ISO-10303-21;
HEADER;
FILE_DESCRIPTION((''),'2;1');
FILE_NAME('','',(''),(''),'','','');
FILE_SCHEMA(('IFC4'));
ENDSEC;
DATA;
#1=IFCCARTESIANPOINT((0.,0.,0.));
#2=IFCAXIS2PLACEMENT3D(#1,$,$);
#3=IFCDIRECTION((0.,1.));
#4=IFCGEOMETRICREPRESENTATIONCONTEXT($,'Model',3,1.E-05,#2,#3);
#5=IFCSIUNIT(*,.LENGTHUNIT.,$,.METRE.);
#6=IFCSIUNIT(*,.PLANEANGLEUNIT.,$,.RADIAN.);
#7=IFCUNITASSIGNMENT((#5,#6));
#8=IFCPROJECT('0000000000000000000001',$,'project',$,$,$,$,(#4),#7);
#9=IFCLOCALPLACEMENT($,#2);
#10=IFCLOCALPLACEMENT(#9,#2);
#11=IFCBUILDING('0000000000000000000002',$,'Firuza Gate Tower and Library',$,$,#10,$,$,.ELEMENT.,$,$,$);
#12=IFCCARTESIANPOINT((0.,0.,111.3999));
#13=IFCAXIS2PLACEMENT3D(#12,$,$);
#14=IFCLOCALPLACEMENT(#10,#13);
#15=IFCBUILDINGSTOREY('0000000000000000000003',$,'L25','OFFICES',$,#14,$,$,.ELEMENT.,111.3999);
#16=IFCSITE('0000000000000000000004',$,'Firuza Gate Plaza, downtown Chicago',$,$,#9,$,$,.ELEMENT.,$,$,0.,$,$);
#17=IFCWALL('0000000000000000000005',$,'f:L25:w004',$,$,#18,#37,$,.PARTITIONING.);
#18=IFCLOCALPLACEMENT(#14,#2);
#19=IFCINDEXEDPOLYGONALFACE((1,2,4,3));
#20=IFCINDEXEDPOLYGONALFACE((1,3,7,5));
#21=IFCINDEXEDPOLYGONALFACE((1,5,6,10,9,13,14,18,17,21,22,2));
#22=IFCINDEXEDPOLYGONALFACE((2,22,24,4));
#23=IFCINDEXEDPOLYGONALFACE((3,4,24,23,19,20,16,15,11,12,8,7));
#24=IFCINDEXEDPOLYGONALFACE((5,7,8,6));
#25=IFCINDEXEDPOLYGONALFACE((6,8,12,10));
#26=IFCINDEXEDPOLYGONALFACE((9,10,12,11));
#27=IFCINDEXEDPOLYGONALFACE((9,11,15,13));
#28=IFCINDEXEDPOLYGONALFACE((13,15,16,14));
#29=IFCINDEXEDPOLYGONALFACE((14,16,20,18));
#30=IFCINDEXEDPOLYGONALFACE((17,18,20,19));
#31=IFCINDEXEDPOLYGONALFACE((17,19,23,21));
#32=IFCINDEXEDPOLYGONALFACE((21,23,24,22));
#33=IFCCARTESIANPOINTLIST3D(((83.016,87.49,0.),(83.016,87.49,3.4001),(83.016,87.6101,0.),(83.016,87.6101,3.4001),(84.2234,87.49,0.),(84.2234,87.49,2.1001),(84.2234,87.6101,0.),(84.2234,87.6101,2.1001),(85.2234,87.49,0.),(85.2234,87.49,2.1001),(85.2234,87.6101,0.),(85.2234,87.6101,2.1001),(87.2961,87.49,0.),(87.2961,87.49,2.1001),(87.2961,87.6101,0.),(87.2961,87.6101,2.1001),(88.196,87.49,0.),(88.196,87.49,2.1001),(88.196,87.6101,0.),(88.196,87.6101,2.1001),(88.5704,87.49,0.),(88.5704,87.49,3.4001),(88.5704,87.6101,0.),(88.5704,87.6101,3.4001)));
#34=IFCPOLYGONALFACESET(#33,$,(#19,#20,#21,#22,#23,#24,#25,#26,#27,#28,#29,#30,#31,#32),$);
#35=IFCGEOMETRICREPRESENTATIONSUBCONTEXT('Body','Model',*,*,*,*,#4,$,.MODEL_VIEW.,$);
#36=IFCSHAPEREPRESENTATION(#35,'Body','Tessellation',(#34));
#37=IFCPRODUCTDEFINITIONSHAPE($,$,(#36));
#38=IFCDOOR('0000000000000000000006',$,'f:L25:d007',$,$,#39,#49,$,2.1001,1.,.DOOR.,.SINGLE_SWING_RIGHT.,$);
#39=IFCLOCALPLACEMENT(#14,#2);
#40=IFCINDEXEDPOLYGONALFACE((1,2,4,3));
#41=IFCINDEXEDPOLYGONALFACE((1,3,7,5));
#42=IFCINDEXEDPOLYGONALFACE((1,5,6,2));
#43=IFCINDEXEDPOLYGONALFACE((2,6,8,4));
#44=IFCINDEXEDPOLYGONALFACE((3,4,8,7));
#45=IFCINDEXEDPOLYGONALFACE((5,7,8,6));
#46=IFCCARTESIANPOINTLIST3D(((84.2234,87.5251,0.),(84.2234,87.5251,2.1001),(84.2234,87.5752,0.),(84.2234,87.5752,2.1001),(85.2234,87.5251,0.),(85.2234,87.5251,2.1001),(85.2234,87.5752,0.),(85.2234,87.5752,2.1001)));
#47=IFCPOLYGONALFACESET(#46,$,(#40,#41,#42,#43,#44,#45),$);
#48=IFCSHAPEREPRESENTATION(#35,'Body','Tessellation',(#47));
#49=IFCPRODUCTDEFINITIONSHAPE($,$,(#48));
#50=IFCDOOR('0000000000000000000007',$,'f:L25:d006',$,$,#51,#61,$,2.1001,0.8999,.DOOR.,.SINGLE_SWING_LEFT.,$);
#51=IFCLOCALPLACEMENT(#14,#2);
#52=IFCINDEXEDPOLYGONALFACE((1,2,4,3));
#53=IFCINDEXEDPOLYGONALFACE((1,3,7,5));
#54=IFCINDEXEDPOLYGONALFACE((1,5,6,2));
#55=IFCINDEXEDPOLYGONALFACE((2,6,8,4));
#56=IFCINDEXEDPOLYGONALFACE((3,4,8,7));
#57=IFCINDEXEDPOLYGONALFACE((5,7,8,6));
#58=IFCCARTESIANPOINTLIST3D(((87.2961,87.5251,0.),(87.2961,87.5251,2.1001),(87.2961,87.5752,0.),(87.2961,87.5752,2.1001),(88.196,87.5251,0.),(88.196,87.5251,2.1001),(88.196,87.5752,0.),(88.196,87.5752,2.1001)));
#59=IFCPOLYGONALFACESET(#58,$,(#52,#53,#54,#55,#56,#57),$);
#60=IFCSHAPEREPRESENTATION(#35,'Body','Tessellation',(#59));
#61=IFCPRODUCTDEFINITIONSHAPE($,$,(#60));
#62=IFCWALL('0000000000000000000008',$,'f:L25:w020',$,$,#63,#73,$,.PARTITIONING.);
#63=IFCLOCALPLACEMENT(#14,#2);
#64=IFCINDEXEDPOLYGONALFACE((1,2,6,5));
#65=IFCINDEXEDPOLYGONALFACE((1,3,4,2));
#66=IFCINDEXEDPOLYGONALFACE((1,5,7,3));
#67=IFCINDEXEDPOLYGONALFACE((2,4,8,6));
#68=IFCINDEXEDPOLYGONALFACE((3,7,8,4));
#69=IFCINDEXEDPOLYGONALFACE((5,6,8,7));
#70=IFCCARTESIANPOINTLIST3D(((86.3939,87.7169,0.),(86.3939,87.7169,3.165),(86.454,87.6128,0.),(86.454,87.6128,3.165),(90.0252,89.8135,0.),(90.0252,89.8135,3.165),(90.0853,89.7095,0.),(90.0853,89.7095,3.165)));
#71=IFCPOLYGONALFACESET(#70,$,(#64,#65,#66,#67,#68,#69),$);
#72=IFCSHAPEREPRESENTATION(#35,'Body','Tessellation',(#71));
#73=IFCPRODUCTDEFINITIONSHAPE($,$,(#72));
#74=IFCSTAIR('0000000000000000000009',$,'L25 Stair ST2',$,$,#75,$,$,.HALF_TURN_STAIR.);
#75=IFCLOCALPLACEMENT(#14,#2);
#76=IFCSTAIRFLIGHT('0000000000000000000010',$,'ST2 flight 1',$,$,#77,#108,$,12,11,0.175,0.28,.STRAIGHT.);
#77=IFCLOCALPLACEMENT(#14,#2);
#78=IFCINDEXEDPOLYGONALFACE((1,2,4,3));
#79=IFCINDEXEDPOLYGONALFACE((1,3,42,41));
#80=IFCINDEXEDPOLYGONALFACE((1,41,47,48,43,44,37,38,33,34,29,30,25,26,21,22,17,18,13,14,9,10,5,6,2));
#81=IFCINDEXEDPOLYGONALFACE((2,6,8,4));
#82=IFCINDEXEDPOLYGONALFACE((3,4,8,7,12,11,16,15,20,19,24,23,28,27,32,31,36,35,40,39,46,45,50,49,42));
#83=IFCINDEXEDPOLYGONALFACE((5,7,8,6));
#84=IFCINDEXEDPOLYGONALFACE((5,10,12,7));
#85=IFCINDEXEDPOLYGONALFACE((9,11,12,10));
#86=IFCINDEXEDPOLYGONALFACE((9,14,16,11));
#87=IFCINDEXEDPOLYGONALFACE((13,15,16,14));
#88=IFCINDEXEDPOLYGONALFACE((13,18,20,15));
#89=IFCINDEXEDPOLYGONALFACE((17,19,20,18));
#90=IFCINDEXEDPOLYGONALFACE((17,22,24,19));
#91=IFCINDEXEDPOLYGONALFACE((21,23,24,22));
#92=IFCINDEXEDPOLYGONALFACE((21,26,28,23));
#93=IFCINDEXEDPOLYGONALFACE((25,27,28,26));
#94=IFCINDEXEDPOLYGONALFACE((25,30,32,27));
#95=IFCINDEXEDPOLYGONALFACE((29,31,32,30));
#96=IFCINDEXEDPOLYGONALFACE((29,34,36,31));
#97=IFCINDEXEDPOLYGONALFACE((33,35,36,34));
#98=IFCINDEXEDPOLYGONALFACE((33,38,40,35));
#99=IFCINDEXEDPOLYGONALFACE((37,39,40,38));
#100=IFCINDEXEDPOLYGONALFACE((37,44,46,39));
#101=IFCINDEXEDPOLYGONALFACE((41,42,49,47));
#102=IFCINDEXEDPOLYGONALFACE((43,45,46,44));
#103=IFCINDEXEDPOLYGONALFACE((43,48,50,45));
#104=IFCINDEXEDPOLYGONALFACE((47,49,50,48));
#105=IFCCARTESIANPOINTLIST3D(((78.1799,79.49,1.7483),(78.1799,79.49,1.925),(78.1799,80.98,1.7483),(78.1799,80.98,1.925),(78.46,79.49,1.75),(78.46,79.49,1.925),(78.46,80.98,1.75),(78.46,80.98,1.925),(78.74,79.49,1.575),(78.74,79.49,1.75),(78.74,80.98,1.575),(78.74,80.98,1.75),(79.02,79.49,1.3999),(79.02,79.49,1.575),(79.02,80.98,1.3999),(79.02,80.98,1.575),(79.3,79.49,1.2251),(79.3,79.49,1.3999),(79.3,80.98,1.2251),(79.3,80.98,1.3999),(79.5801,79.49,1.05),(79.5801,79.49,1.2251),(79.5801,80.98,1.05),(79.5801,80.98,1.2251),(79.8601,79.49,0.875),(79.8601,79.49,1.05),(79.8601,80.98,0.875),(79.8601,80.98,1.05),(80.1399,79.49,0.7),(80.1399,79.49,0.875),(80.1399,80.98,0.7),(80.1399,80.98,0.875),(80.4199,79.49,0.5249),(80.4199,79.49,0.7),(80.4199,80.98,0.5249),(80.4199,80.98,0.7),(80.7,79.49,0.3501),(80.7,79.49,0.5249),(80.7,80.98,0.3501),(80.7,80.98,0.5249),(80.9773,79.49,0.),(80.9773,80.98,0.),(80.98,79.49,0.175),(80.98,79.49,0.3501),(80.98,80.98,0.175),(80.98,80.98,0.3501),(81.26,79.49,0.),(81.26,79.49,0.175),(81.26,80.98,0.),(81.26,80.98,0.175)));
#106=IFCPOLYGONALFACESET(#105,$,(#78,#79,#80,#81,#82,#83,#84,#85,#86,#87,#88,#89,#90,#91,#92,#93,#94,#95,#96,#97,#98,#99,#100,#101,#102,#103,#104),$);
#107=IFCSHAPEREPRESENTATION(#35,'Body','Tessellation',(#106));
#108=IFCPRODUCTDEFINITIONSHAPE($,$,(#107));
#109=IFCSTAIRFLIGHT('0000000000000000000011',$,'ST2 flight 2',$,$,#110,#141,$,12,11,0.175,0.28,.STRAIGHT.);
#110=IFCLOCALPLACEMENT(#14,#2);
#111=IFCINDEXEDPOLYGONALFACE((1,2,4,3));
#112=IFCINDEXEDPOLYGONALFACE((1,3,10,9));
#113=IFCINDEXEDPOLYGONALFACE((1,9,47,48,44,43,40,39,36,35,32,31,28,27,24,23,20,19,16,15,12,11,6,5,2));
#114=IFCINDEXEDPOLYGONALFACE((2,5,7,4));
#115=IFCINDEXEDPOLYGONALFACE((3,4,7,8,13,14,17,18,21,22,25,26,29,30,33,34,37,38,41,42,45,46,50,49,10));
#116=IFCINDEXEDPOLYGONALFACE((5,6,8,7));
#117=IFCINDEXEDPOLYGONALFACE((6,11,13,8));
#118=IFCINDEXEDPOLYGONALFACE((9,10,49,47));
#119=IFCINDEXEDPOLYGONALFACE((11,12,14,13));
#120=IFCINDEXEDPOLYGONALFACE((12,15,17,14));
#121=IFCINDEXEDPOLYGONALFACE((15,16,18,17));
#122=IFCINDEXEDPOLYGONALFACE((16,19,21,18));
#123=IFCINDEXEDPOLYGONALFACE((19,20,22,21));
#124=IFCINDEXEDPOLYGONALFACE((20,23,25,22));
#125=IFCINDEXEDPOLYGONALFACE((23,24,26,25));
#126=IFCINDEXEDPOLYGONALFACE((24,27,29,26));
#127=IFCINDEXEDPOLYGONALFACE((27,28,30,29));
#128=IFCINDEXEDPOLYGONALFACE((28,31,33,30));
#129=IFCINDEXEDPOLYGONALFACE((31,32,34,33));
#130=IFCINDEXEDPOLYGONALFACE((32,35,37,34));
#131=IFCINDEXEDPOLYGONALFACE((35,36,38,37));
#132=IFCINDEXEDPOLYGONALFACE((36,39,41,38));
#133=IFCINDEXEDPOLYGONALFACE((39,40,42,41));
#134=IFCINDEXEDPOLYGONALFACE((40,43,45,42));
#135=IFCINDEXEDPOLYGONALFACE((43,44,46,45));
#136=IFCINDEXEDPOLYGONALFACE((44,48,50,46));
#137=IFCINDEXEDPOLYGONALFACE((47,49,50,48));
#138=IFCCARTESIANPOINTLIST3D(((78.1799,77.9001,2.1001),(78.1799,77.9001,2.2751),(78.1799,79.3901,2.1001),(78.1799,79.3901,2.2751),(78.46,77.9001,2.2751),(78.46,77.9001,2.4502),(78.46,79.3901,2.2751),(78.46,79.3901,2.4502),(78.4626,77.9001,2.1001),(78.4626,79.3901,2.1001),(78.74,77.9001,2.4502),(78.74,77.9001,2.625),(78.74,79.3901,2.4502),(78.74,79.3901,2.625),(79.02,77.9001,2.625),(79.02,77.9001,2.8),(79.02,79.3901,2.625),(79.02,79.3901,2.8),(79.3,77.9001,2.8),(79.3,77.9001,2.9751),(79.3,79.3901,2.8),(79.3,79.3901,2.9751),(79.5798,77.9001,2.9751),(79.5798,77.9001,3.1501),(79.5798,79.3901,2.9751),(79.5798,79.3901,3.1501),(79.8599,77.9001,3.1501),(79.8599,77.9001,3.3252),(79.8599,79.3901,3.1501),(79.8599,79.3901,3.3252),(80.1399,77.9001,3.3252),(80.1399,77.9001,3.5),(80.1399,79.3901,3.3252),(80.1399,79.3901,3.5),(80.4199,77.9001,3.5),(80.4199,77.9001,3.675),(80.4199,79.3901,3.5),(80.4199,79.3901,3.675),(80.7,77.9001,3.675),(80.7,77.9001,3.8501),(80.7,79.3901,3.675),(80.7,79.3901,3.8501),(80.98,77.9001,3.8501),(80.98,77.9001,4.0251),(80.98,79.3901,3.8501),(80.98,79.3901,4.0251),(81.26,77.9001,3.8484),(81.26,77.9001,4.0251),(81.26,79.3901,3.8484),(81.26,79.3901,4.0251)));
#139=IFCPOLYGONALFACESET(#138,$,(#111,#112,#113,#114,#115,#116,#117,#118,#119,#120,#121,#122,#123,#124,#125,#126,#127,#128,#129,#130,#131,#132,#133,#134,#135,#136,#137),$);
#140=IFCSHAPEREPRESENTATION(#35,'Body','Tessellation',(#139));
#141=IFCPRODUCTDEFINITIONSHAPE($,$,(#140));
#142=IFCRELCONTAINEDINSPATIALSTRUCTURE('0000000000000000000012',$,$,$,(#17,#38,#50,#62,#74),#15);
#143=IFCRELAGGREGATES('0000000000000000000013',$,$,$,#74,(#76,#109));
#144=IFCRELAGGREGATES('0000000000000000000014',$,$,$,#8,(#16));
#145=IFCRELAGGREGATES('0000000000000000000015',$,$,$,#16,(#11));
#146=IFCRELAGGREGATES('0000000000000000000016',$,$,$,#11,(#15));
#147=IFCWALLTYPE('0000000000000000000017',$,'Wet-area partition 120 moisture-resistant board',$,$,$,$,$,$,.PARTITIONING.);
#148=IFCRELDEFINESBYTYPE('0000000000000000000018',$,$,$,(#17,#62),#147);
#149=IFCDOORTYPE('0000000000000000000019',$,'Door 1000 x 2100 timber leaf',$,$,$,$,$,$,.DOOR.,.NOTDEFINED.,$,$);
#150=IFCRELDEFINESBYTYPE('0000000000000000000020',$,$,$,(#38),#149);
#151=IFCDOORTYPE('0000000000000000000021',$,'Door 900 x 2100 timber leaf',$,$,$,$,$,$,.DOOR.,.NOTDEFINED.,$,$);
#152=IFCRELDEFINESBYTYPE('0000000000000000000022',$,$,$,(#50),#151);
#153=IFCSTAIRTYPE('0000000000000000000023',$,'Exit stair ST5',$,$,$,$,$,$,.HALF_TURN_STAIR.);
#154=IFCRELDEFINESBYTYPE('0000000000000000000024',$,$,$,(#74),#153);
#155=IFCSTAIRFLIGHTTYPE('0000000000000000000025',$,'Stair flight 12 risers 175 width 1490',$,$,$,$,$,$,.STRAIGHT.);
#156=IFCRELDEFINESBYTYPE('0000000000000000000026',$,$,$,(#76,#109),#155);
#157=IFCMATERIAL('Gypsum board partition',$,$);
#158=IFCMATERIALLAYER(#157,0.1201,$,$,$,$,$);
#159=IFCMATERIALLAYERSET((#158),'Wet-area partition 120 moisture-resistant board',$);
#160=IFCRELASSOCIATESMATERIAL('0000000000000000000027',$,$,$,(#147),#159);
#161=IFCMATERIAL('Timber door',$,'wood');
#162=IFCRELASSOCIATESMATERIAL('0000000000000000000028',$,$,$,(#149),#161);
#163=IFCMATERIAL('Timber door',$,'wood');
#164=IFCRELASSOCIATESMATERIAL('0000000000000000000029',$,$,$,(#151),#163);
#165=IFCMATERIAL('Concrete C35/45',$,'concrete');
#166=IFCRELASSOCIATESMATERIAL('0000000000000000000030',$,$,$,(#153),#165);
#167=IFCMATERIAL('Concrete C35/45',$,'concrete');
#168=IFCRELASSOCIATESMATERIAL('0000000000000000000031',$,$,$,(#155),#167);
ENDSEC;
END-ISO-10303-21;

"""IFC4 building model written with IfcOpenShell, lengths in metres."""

from ifc_helpers import new_model, si_unit, direction, frame, frame_2d, origin, place, context, subcontext, project, spatial, polyline, rectangle, outline, extrude, material, layer, layer_set, type_object, element, fill, aggregate, save


model = new_model("IFC4")

# Units and contexts
model_context = context("Model", 3, precision=1e-05, world=origin(), true_north=direction((0.0, 1.0)))
body_context = subcontext(model_context, "Body", "Model", "MODEL_VIEW")
ifc_project = project(units=[si_unit("LENGTHUNIT", "METRE"), si_unit("PLANEANGLEUNIT", "RADIAN")], contexts=[model_context])

# Site, building, storey
site_placement = place(None, origin())
site = spatial("IfcSite", under=ifc_project, at=site_placement, Name="Firuza Gate Plaza, downtown Chicago", CompositionType="ELEMENT", RefElevation=0.0)
building_placement = place(site_placement, origin())
building = spatial("IfcBuilding", under=site, at=building_placement, Name="Firuza Gate Tower and Library", CompositionType="ELEMENT")
storey_placement = place(building_placement, frame((0.0, 0.0, 111.3999)))
storey = spatial("IfcBuildingStorey", under=building, at=storey_placement, Name="L25", Description="OFFICES", CompositionType="ELEMENT", Elevation=111.3999)

# Wall, openings, doors
ifc_material_1 = material(Name="Gypsum board partition")
ifc_layer_1 = layer(ifc_material_1, 0.1201)
ifc_layer_set_1 = layer_set([ifc_layer_1], Name="Wet-area partition 120 moisture-resistant board")
wall_type_1 = type_object("IfcWallType", Name="Wet-area partition 120 moisture-resistant board", PredefinedType="PARTITIONING", material=ifc_layer_set_1)
wall_1_placement = place(storey_placement, frame((88.5706, 87.55, 0.0), z_axis=(0.0, 0.0, 1.0), x_axis=(-1.0, 0.0, 0.0)))
wall_1 = element("IfcWall", 1, at=wall_1_placement, inside=storey, type_object=wall_type_1, Name="f:L25:w004", PredefinedType="PARTITIONING", context=body_context, shape_type="SweptSolid", body=[
    extrude(rectangle(XDim=5.5544, YDim=0.1201, at=frame_2d((2.7773, 0.0))), origin(), (0.0, 0.0, 1.0), 3.4001),
])
opening_1_placement = place(wall_1_placement, frame((0.3745, 0.0, 0.0)))
opening_1 = element("IfcOpeningElement", 2, at=opening_1_placement, cuts=wall_1, PredefinedType="OPENING", context=body_context, shape_type="SweptSolid", body=[
    extrude(rectangle(XDim=0.8999, YDim=2.1001, at=frame_2d((0.45, 1.05))), frame((0.0, 0.0701, 0.0), z_axis=(0.0, -1.0, 0.0), x_axis=(1.0, 0.0, 0.0)), (0.0, 0.0, 1.0), 0.1401),
])
opening_2_placement = place(wall_1_placement, frame((3.3472, 0.0, 0.0)))
opening_2 = element("IfcOpeningElement", 3, at=opening_2_placement, cuts=wall_1, PredefinedType="OPENING", context=body_context, shape_type="SweptSolid", body=[
    extrude(rectangle(XDim=1.0, YDim=2.1001, at=frame_2d((0.5, 1.05))), frame((0.0, 0.0701, 0.0), z_axis=(0.0, -1.0, 0.0), x_axis=(1.0, 0.0, 0.0)), (0.0, 0.0, 1.0), 0.1401),
])
ifc_material_2 = material(Name="Timber door", Category="wood")
door_type_1 = type_object("IfcDoorType", Name="Door 1000 x 2100 timber leaf", OperationType="NOTDEFINED", PredefinedType="DOOR", material=ifc_material_2)
door_1_placement = place(opening_2_placement, origin())
door_1 = element("IfcDoor", 4, at=door_1_placement, inside=storey, type_object=door_type_1, Name="f:L25:d007", OperationType="SINGLE_SWING_RIGHT", OverallHeight=2.1001, OverallWidth=1.0, PredefinedType="DOOR", context=body_context, shape_type="SweptSolid", body=[
    extrude(rectangle(XDim=1.0, YDim=2.1001, at=frame_2d((0.5, 1.05))), frame((0.0, 0.0249, 0.0), z_axis=(0.0, -1.0, 0.0), x_axis=(1.0, 0.0, 0.0)), (0.0, 0.0, 1.0), 0.05),
])
fill(opening_2, door_1)
ifc_material_3 = material(Name="Timber door", Category="wood")
door_type_2 = type_object("IfcDoorType", Name="Door 900 x 2100 timber leaf", OperationType="NOTDEFINED", PredefinedType="DOOR", material=ifc_material_3)
door_2_placement = place(opening_1_placement, origin())
door_2 = element("IfcDoor", 5, at=door_2_placement, inside=storey, type_object=door_type_2, Name="f:L25:d006", OperationType="SINGLE_SWING_LEFT", OverallHeight=2.1001, OverallWidth=0.8999, PredefinedType="DOOR", context=body_context, shape_type="SweptSolid", body=[
    extrude(rectangle(XDim=0.8999, YDim=2.1001, at=frame_2d((0.45, 1.05))), frame((0.0, 0.0249, 0.0), z_axis=(0.0, -1.0, 0.0), x_axis=(1.0, 0.0, 0.0)), (0.0, 0.0, 1.0), 0.05),
])
fill(opening_1, door_2)

# Wall
wall_2_placement = place(storey_placement, frame((86.4238, 87.6648, 0.0), z_axis=(0.0, 0.0, 1.0), x_axis=(0.866013, 0.500021, 0.0)))
element("IfcWall", 6, at=wall_2_placement, inside=storey, type_object=wall_type_1, Name="f:L25:w020", PredefinedType="PARTITIONING", context=body_context, shape_type="SweptSolid", body=[
    extrude(rectangle(XDim=4.1931, YDim=0.1201, at=frame_2d((2.0967, 0.0))), origin(), (0.0, 0.0, 1.0), 3.165),
])

# Stair, stair flights
ifc_material_4 = material(Name="Concrete C35/45", Category="concrete")
stair_type = type_object("IfcStairType", Name="Exit stair ST5", PredefinedType="HALF_TURN_STAIR", material=ifc_material_4)
stair_placement = place(storey_placement, origin())
stair = element("IfcStair", 7, at=stair_placement, inside=storey, type_object=stair_type, Name="L25 Stair ST2", PredefinedType="HALF_TURN_STAIR")
ifc_material_5 = material(Name="Concrete C35/45", Category="concrete")
stair_flight_type = type_object("IfcStairFlightType", Name="Stair flight 12 risers 175 width 1490", PredefinedType="STRAIGHT", material=ifc_material_5)
stair_flight_1_placement = place(storey_placement, frame((81.26, 80.2351, 0.0), z_axis=(0.0, 0.0, 1.0), x_axis=(-1.0, 0.0, 0.0)))
stair_flight_1 = element("IfcStairFlight", 8, at=stair_flight_1_placement, type_object=stair_flight_type, Name="ST2 flight 1", NumberOfRisers=12, NumberOfTreads=11, PredefinedType="STRAIGHT", RiserHeight=0.175, TreadLength=0.28, context=body_context, shape_type="SweptSolid", body=[
    extrude(outline(polyline([(0.0, 0.0), (0.0, 0.175), (0.28, 0.175), (0.28, 0.3501), (0.5601, 0.3501), (0.5601, 0.5249), (0.8401, 0.5249), (0.8401, 0.7), (1.1201, 0.7), (1.1201, 0.875), (1.3999, 0.875), (1.3999, 1.05), (1.6799, 1.05), (1.6799, 1.2251), (1.96, 1.2251), (1.96, 1.3999), (2.24, 1.3999), (2.24, 1.575), (2.52, 1.575), (2.52, 1.75), (2.8, 1.75), (2.8, 1.925), (3.0801, 1.925), (3.0801, 2.1001), (3.0801, 1.7483), (0.2827, 0.0), (0.0, 0.0)])), frame((0.0, 0.7451, 0.0), z_axis=(0.0, -1.0, 0.0), x_axis=(1.0, 0.0, 0.0)), (0.0, 0.0, 1.0), 1.49),
])
stair_flight_2_placement = place(storey_placement, frame((78.1799, 78.645, 2.1001), z_axis=(0.0, 0.0, 1.0), x_axis=(1.0, 0.0, 0.0)))
stair_flight_2 = element("IfcStairFlight", 9, at=stair_flight_2_placement, type_object=stair_flight_type, Name="ST2 flight 2", NumberOfRisers=12, NumberOfTreads=11, PredefinedType="STRAIGHT", RiserHeight=0.175, TreadLength=0.28, context=body_context, shape_type="SweptSolid", body=[
    extrude(outline(polyline([(0.0, 0.0), (0.0, 0.175), (0.28, 0.175), (0.28, 0.3501), (0.5601, 0.3501), (0.5601, 0.5249), (0.8401, 0.5249), (0.8401, 0.7), (1.1201, 0.7), (1.1201, 0.875), (1.3999, 0.875), (1.3999, 1.05), (1.6799, 1.05), (1.6799, 1.2251), (1.96, 1.2251), (1.96, 1.3999), (2.24, 1.3999), (2.24, 1.575), (2.52, 1.575), (2.52, 1.75), (2.8, 1.75), (2.8, 1.925), (3.0801, 1.925), (3.0801, 2.1001), (3.0801, 1.7483), (0.2827, 0.0), (0.0, 0.0)])), frame((0.0, 0.7451, 0.0), z_axis=(0.0, -1.0, 0.0), x_axis=(1.0, 0.0, 0.0)), (0.0, 0.0, 1.0), 1.49),
])
aggregate(stair, [stair_flight_1, stair_flight_2])

save(model, "model.ifc")
